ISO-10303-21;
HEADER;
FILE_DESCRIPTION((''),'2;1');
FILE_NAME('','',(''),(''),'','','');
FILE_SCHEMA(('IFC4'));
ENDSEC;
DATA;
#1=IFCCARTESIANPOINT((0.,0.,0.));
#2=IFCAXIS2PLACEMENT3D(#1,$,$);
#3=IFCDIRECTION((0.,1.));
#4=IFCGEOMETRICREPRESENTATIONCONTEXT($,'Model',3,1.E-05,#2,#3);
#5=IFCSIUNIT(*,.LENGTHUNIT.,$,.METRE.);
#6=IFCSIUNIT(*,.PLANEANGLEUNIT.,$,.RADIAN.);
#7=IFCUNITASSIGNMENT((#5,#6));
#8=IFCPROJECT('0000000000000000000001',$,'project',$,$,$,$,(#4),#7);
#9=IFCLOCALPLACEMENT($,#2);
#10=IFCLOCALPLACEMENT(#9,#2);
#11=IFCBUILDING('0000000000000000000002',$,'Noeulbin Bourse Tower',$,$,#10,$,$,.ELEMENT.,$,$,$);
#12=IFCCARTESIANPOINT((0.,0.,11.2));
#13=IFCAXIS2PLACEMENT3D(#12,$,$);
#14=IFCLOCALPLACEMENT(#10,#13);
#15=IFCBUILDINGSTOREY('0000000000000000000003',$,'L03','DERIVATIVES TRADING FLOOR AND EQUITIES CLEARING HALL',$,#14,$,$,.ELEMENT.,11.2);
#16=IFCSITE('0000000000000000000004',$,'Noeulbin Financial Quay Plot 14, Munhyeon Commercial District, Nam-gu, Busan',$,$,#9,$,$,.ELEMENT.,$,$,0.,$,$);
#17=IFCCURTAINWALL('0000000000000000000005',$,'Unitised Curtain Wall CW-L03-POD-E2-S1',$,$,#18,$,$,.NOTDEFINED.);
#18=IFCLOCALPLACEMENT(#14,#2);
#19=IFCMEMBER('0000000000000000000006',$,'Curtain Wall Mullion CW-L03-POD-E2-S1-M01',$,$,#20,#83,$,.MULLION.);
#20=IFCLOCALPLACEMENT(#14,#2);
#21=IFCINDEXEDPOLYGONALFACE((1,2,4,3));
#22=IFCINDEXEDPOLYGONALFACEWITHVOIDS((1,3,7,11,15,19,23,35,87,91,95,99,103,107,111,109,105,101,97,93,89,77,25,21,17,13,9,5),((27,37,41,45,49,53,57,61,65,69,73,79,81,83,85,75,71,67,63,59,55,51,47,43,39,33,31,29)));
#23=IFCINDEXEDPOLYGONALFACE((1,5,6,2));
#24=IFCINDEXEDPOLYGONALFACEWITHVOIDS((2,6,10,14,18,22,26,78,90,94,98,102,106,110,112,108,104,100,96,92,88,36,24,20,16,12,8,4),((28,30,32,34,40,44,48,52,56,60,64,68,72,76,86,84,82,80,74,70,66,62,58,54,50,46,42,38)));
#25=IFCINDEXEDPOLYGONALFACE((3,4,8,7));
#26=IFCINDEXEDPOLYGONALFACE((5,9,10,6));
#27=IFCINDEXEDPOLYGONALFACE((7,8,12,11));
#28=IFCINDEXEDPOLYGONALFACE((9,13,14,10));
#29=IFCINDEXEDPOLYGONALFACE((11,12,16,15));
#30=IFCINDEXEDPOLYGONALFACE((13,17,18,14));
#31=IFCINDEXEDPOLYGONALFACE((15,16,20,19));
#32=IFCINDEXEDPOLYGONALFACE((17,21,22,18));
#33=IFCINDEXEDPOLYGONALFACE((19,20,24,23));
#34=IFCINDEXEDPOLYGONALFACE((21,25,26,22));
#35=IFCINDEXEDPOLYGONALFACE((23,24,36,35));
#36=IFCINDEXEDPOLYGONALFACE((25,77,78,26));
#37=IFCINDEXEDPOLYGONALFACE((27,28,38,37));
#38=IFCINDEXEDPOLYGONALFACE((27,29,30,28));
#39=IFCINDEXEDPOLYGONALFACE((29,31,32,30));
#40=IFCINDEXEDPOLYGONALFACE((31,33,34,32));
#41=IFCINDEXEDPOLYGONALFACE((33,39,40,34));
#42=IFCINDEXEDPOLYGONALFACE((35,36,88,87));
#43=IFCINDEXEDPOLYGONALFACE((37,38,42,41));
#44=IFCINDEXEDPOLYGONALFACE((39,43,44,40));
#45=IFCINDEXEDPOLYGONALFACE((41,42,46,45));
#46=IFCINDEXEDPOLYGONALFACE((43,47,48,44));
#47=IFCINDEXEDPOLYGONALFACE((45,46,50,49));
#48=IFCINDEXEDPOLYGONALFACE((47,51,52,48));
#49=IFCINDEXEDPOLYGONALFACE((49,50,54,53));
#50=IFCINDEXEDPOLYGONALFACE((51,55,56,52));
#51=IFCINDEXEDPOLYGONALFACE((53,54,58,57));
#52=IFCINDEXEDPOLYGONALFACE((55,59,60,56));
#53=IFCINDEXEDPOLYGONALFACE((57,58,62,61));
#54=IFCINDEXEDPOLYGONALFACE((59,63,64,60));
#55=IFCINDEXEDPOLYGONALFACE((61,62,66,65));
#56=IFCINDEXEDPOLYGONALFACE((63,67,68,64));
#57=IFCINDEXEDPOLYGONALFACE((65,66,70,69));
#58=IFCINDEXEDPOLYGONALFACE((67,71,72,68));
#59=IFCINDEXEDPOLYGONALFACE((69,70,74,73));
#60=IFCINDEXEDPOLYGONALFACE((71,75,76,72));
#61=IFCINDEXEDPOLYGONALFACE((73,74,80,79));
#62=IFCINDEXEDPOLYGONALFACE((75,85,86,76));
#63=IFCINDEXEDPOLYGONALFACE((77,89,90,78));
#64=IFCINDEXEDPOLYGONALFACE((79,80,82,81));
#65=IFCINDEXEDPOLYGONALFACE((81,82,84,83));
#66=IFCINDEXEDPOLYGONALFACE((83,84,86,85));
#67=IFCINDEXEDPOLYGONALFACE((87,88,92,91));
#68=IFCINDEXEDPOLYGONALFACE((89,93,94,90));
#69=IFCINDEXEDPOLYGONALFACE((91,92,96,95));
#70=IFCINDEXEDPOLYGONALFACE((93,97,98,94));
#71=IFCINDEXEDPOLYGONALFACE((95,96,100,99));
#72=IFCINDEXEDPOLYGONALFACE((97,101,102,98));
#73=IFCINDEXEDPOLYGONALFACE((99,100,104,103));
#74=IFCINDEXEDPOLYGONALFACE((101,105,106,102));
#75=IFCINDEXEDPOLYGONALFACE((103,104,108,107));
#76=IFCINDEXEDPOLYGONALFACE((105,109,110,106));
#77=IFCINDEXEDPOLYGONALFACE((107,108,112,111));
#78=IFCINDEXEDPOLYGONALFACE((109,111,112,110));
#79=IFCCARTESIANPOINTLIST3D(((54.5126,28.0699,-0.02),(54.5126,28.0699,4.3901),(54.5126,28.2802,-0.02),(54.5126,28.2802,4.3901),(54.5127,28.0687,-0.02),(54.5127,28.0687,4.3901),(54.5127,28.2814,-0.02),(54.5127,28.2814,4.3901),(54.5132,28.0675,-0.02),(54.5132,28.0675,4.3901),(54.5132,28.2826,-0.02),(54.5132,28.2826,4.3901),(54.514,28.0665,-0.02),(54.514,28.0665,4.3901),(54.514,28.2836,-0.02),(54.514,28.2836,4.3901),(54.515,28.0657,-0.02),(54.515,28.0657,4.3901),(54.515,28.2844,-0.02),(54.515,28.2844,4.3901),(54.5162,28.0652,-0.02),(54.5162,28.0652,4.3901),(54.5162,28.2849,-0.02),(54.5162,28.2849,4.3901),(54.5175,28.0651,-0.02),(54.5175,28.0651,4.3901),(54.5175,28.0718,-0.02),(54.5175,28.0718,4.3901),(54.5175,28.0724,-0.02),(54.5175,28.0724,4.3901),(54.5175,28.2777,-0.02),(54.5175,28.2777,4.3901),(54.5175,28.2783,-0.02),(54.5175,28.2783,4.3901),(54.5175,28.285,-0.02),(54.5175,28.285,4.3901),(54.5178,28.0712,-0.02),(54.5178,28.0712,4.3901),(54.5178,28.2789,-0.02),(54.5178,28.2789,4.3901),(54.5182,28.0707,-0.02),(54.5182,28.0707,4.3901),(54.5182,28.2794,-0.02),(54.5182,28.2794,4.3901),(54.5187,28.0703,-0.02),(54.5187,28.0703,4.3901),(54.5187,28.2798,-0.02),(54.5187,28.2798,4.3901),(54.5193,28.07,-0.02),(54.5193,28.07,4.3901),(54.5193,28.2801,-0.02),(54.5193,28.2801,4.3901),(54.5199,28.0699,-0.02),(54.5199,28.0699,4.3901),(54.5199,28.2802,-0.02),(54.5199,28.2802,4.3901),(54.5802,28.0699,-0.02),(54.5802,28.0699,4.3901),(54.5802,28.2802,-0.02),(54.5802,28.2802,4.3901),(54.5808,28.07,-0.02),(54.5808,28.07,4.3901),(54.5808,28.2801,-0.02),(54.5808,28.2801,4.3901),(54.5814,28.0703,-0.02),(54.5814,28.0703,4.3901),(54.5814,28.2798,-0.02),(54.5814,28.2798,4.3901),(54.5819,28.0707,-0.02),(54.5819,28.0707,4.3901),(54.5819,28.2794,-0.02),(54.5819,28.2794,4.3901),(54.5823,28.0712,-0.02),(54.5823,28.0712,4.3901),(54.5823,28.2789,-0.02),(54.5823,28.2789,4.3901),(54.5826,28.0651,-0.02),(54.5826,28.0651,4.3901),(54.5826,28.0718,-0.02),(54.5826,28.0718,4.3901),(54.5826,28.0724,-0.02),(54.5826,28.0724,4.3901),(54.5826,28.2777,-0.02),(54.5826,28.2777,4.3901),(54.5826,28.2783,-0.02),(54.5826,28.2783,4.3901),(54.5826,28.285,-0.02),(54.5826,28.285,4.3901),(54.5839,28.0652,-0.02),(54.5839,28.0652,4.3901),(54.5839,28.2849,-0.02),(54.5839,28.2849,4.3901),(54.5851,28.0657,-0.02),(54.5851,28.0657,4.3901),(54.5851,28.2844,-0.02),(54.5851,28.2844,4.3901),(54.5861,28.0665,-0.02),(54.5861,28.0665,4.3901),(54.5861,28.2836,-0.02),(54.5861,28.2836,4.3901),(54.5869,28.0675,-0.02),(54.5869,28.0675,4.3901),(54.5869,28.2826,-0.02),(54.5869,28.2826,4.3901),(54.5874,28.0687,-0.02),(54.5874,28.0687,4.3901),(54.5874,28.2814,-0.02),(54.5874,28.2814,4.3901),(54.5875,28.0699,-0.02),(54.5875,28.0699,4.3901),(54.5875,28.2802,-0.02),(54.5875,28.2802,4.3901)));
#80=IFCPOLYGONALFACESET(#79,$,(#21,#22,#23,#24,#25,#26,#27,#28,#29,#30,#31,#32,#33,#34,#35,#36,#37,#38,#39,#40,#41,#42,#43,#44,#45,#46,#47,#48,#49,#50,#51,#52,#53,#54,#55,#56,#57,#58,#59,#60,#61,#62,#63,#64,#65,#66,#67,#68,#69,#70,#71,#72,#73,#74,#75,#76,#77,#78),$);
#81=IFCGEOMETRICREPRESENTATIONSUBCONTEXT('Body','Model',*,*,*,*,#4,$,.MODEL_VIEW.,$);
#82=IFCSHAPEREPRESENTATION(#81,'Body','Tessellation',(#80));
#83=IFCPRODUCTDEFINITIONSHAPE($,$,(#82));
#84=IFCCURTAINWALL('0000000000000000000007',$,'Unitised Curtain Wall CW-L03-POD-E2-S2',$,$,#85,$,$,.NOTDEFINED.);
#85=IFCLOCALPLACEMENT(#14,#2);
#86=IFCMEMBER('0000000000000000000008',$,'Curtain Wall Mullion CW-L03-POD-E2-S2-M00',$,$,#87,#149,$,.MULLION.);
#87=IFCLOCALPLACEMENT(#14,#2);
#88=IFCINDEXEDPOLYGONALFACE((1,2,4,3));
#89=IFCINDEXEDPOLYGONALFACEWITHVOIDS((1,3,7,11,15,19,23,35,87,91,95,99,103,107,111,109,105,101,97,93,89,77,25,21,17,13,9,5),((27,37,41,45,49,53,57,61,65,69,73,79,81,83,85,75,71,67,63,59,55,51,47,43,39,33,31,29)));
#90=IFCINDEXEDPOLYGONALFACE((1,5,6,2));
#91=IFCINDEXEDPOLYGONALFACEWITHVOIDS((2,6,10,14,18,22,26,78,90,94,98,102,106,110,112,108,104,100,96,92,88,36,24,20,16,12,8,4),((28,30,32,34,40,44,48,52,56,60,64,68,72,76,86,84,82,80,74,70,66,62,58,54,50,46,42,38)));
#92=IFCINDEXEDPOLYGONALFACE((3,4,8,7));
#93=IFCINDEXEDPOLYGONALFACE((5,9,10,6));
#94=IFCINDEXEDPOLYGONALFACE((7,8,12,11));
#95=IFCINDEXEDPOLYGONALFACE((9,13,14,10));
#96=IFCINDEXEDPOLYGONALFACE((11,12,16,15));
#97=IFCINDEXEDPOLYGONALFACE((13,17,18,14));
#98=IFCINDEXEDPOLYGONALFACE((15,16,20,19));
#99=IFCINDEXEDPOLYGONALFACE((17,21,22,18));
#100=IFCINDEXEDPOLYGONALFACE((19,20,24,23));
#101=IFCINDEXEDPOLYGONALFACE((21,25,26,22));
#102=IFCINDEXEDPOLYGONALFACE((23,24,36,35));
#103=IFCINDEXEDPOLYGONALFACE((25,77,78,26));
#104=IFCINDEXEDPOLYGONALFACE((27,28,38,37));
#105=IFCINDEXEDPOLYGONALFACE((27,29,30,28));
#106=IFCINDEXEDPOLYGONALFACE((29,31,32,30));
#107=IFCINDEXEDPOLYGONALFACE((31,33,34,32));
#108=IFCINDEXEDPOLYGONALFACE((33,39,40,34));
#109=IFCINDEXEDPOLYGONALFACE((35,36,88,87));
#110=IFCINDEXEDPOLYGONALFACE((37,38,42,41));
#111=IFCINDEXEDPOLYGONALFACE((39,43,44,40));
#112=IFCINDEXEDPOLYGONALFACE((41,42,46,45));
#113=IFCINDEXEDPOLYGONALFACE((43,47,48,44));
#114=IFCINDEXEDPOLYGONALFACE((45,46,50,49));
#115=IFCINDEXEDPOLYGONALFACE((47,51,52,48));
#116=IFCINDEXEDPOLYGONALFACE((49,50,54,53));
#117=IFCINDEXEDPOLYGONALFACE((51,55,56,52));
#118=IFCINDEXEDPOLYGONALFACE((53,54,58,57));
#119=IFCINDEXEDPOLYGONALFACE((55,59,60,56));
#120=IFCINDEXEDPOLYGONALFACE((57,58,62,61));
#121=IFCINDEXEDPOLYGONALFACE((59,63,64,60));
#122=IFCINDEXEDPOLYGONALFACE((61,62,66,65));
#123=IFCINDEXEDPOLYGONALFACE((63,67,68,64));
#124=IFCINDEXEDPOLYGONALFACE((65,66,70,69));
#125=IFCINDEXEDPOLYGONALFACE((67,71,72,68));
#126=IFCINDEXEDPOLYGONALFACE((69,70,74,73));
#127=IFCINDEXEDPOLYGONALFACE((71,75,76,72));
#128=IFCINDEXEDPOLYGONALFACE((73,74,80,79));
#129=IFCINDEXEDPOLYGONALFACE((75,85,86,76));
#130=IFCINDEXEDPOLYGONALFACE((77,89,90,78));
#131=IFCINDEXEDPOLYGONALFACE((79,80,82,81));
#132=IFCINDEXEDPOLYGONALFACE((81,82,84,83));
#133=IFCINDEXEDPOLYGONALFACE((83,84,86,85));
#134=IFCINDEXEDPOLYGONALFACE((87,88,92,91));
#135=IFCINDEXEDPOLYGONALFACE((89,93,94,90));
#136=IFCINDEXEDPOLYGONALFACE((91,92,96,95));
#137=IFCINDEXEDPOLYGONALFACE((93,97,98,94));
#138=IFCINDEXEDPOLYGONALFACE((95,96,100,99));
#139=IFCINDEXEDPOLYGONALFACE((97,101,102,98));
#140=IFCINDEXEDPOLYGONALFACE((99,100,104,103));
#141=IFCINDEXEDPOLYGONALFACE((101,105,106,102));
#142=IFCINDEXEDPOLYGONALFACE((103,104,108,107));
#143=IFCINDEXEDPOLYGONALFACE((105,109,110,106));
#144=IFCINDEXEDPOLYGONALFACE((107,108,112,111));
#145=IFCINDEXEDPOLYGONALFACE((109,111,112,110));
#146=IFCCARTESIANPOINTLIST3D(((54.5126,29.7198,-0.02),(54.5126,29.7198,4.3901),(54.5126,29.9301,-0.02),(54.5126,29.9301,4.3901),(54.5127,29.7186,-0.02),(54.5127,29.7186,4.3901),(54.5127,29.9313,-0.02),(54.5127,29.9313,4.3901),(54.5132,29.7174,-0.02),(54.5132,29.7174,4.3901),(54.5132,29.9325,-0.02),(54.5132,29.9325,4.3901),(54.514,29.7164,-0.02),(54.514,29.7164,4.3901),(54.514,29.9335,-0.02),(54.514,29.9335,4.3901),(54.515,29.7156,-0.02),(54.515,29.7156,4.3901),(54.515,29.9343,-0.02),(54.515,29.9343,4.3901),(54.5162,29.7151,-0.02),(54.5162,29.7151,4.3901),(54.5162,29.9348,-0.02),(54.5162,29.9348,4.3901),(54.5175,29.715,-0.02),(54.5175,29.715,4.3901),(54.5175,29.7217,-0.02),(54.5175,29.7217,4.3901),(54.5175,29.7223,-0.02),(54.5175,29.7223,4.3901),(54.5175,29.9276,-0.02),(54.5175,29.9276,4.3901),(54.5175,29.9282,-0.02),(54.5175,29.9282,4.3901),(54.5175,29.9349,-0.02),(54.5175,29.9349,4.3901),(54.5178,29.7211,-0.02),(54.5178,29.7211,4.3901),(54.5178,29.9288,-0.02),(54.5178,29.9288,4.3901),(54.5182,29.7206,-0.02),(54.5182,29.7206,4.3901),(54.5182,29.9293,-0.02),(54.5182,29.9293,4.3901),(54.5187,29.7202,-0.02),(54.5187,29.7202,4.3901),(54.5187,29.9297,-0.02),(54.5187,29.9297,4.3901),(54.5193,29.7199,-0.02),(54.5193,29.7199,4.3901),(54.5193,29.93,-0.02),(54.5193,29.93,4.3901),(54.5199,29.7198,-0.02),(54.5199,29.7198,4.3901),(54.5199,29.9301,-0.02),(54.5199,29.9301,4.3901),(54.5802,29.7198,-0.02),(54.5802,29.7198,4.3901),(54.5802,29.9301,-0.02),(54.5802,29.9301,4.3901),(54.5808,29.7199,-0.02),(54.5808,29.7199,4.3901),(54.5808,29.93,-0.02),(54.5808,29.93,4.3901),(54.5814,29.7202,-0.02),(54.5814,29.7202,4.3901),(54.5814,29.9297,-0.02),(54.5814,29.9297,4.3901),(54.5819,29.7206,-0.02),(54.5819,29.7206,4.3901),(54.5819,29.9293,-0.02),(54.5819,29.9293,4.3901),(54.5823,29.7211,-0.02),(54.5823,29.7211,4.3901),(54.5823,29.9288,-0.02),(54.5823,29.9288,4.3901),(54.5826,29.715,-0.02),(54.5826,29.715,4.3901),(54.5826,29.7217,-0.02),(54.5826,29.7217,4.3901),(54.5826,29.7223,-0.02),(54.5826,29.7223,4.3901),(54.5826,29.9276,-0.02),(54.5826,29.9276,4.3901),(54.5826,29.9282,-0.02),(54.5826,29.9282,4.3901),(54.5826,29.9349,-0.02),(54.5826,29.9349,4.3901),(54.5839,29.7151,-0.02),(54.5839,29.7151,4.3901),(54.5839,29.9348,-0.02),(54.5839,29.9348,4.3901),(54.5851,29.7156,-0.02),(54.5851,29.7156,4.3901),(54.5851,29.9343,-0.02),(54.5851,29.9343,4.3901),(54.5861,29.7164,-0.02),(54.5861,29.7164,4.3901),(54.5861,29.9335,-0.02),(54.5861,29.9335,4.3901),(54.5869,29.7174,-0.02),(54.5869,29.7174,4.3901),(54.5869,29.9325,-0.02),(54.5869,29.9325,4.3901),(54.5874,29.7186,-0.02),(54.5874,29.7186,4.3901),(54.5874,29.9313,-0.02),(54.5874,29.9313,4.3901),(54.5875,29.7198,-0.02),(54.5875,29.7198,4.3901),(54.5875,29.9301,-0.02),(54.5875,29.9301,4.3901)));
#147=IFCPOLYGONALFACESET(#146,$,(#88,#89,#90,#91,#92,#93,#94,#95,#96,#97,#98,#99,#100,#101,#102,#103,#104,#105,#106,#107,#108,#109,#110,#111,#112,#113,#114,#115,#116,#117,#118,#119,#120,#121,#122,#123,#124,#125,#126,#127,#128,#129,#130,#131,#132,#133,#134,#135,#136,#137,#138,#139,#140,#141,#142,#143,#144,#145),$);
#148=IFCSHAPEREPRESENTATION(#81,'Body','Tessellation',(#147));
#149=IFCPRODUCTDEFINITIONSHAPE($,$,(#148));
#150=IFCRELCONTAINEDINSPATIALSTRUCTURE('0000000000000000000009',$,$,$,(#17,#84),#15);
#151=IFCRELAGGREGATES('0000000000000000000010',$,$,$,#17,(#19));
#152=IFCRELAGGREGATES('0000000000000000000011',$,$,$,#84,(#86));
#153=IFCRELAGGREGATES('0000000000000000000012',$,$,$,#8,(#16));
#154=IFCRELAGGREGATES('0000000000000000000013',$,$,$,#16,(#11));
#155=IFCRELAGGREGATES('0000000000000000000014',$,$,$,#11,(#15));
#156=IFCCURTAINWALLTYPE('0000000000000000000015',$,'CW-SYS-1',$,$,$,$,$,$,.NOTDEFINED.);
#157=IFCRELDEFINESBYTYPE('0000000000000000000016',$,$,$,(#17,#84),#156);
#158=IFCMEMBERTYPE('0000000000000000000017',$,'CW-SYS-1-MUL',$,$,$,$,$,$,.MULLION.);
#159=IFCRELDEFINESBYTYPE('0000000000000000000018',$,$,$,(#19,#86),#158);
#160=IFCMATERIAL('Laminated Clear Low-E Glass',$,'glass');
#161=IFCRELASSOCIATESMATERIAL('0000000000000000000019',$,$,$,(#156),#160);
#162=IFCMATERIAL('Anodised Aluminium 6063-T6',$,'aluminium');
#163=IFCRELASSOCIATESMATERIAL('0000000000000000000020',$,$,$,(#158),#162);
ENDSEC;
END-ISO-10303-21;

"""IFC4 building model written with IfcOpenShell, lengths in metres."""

from ifc_helpers import new_model, si_unit, direction, frame, origin, origin_2d, place, context, subcontext, project, spatial, hollow_rectangle, extrude, material, material_profile, profile_set, type_object, element, aggregate, save


model = new_model("IFC4")

# Units and contexts
model_context = context("Model", 3, precision=1e-05, world=origin(), true_north=direction((0.0, 1.0)))
body_context = subcontext(model_context, "Body", "Model", "MODEL_VIEW")
ifc_project = project(units=[si_unit("LENGTHUNIT", "METRE"), si_unit("PLANEANGLEUNIT", "RADIAN")], contexts=[model_context])

# Site, building, storey
site_placement = place(None, origin())
site = spatial("IfcSite", under=ifc_project, at=site_placement, Name="Noeulbin Financial Quay Plot 14, Munhyeon Commercial District, Nam-gu, Busan", CompositionType="ELEMENT", RefElevation=0.0)
building_placement = place(site_placement, origin())
building = spatial("IfcBuilding", under=site, at=building_placement, Name="Noeulbin Bourse Tower", CompositionType="ELEMENT")
storey_placement = place(building_placement, frame((0.0, 0.0, 11.2)))
storey = spatial("IfcBuildingStorey", under=building, at=storey_placement, Name="L03", Description="DERIVATIVES TRADING FLOOR AND EQUITIES CLEARING HALL", CompositionType="ELEMENT", Elevation=11.2)

# Curtain walls, members
ifc_material_1 = material(Name="Laminated Clear Low-E Glass", Category="glass")
curtain_wall_type = type_object("IfcCurtainWallType", Name="CW-SYS-1", PredefinedType="NOTDEFINED", material=ifc_material_1)
curtain_wall_1_placement = place(storey_placement, origin())
curtain_wall_1 = element("IfcCurtainWall", 1, at=curtain_wall_1_placement, inside=storey, type_object=curtain_wall_type, Name="Unitised Curtain Wall CW-L03-POD-E2-S1", PredefinedType="NOTDEFINED")
ifc_material_2 = material(Name="Anodised Aluminium 6063-T6", Category="aluminium")
ifc_material_profile_1 = material_profile(ifc_material_2, hollow_rectangle(XDim=0.075, YDim=0.22, WallThickness=0.0049, InnerFilletRadius=0.0024, OuterFilletRadius=0.0049, at=origin_2d()), Name="ALU-MULL-75x220x5", Category="LoadBearing")
ifc_profile_set_1 = profile_set([ifc_material_profile_1], Name="Anodised Aluminium 6063-T6")
member_type_1 = type_object("IfcMemberType", Name="CW-SYS-1-MUL", PredefinedType="MULLION", material=ifc_profile_set_1)
member_1_placement = place(storey_placement, frame((54.55, 28.175, -0.02), z_axis=(0.0, 0.0, 1.0), x_axis=(1.0, 0.0, 0.0)))
member_1 = element("IfcMember", 2, at=member_1_placement, type_object=member_type_1, Name="Curtain Wall Mullion CW-L03-POD-E2-S1-M01", PredefinedType="MULLION", context=body_context, shape_type="SweptSolid", body=[
    extrude(hollow_rectangle(XDim=0.075, YDim=0.22, WallThickness=0.0049, InnerFilletRadius=0.0024, OuterFilletRadius=0.0049, at=origin_2d()), origin(), (0.0, 0.0, 1.0), 4.4102),
])
curtain_wall_2_placement = place(storey_placement, origin())
curtain_wall_2 = element("IfcCurtainWall", 3, at=curtain_wall_2_placement, inside=storey, type_object=curtain_wall_type, Name="Unitised Curtain Wall CW-L03-POD-E2-S2", PredefinedType="NOTDEFINED")
member_2_placement = place(storey_placement, frame((54.55, 29.825, -0.02), z_axis=(0.0, 0.0, 1.0), x_axis=(1.0, 0.0, 0.0)))
member_2 = element("IfcMember", 4, at=member_2_placement, type_object=member_type_1, Name="Curtain Wall Mullion CW-L03-POD-E2-S2-M00", PredefinedType="MULLION", context=body_context, shape_type="SweptSolid", body=[
    extrude(hollow_rectangle(XDim=0.075, YDim=0.22, WallThickness=0.0049, InnerFilletRadius=0.0024, OuterFilletRadius=0.0049, at=origin_2d()), origin(), (0.0, 0.0, 1.0), 4.4102),
])

aggregate(curtain_wall_1, [member_1])
aggregate(curtain_wall_2, [member_2])

save(model, "model.ifc")
